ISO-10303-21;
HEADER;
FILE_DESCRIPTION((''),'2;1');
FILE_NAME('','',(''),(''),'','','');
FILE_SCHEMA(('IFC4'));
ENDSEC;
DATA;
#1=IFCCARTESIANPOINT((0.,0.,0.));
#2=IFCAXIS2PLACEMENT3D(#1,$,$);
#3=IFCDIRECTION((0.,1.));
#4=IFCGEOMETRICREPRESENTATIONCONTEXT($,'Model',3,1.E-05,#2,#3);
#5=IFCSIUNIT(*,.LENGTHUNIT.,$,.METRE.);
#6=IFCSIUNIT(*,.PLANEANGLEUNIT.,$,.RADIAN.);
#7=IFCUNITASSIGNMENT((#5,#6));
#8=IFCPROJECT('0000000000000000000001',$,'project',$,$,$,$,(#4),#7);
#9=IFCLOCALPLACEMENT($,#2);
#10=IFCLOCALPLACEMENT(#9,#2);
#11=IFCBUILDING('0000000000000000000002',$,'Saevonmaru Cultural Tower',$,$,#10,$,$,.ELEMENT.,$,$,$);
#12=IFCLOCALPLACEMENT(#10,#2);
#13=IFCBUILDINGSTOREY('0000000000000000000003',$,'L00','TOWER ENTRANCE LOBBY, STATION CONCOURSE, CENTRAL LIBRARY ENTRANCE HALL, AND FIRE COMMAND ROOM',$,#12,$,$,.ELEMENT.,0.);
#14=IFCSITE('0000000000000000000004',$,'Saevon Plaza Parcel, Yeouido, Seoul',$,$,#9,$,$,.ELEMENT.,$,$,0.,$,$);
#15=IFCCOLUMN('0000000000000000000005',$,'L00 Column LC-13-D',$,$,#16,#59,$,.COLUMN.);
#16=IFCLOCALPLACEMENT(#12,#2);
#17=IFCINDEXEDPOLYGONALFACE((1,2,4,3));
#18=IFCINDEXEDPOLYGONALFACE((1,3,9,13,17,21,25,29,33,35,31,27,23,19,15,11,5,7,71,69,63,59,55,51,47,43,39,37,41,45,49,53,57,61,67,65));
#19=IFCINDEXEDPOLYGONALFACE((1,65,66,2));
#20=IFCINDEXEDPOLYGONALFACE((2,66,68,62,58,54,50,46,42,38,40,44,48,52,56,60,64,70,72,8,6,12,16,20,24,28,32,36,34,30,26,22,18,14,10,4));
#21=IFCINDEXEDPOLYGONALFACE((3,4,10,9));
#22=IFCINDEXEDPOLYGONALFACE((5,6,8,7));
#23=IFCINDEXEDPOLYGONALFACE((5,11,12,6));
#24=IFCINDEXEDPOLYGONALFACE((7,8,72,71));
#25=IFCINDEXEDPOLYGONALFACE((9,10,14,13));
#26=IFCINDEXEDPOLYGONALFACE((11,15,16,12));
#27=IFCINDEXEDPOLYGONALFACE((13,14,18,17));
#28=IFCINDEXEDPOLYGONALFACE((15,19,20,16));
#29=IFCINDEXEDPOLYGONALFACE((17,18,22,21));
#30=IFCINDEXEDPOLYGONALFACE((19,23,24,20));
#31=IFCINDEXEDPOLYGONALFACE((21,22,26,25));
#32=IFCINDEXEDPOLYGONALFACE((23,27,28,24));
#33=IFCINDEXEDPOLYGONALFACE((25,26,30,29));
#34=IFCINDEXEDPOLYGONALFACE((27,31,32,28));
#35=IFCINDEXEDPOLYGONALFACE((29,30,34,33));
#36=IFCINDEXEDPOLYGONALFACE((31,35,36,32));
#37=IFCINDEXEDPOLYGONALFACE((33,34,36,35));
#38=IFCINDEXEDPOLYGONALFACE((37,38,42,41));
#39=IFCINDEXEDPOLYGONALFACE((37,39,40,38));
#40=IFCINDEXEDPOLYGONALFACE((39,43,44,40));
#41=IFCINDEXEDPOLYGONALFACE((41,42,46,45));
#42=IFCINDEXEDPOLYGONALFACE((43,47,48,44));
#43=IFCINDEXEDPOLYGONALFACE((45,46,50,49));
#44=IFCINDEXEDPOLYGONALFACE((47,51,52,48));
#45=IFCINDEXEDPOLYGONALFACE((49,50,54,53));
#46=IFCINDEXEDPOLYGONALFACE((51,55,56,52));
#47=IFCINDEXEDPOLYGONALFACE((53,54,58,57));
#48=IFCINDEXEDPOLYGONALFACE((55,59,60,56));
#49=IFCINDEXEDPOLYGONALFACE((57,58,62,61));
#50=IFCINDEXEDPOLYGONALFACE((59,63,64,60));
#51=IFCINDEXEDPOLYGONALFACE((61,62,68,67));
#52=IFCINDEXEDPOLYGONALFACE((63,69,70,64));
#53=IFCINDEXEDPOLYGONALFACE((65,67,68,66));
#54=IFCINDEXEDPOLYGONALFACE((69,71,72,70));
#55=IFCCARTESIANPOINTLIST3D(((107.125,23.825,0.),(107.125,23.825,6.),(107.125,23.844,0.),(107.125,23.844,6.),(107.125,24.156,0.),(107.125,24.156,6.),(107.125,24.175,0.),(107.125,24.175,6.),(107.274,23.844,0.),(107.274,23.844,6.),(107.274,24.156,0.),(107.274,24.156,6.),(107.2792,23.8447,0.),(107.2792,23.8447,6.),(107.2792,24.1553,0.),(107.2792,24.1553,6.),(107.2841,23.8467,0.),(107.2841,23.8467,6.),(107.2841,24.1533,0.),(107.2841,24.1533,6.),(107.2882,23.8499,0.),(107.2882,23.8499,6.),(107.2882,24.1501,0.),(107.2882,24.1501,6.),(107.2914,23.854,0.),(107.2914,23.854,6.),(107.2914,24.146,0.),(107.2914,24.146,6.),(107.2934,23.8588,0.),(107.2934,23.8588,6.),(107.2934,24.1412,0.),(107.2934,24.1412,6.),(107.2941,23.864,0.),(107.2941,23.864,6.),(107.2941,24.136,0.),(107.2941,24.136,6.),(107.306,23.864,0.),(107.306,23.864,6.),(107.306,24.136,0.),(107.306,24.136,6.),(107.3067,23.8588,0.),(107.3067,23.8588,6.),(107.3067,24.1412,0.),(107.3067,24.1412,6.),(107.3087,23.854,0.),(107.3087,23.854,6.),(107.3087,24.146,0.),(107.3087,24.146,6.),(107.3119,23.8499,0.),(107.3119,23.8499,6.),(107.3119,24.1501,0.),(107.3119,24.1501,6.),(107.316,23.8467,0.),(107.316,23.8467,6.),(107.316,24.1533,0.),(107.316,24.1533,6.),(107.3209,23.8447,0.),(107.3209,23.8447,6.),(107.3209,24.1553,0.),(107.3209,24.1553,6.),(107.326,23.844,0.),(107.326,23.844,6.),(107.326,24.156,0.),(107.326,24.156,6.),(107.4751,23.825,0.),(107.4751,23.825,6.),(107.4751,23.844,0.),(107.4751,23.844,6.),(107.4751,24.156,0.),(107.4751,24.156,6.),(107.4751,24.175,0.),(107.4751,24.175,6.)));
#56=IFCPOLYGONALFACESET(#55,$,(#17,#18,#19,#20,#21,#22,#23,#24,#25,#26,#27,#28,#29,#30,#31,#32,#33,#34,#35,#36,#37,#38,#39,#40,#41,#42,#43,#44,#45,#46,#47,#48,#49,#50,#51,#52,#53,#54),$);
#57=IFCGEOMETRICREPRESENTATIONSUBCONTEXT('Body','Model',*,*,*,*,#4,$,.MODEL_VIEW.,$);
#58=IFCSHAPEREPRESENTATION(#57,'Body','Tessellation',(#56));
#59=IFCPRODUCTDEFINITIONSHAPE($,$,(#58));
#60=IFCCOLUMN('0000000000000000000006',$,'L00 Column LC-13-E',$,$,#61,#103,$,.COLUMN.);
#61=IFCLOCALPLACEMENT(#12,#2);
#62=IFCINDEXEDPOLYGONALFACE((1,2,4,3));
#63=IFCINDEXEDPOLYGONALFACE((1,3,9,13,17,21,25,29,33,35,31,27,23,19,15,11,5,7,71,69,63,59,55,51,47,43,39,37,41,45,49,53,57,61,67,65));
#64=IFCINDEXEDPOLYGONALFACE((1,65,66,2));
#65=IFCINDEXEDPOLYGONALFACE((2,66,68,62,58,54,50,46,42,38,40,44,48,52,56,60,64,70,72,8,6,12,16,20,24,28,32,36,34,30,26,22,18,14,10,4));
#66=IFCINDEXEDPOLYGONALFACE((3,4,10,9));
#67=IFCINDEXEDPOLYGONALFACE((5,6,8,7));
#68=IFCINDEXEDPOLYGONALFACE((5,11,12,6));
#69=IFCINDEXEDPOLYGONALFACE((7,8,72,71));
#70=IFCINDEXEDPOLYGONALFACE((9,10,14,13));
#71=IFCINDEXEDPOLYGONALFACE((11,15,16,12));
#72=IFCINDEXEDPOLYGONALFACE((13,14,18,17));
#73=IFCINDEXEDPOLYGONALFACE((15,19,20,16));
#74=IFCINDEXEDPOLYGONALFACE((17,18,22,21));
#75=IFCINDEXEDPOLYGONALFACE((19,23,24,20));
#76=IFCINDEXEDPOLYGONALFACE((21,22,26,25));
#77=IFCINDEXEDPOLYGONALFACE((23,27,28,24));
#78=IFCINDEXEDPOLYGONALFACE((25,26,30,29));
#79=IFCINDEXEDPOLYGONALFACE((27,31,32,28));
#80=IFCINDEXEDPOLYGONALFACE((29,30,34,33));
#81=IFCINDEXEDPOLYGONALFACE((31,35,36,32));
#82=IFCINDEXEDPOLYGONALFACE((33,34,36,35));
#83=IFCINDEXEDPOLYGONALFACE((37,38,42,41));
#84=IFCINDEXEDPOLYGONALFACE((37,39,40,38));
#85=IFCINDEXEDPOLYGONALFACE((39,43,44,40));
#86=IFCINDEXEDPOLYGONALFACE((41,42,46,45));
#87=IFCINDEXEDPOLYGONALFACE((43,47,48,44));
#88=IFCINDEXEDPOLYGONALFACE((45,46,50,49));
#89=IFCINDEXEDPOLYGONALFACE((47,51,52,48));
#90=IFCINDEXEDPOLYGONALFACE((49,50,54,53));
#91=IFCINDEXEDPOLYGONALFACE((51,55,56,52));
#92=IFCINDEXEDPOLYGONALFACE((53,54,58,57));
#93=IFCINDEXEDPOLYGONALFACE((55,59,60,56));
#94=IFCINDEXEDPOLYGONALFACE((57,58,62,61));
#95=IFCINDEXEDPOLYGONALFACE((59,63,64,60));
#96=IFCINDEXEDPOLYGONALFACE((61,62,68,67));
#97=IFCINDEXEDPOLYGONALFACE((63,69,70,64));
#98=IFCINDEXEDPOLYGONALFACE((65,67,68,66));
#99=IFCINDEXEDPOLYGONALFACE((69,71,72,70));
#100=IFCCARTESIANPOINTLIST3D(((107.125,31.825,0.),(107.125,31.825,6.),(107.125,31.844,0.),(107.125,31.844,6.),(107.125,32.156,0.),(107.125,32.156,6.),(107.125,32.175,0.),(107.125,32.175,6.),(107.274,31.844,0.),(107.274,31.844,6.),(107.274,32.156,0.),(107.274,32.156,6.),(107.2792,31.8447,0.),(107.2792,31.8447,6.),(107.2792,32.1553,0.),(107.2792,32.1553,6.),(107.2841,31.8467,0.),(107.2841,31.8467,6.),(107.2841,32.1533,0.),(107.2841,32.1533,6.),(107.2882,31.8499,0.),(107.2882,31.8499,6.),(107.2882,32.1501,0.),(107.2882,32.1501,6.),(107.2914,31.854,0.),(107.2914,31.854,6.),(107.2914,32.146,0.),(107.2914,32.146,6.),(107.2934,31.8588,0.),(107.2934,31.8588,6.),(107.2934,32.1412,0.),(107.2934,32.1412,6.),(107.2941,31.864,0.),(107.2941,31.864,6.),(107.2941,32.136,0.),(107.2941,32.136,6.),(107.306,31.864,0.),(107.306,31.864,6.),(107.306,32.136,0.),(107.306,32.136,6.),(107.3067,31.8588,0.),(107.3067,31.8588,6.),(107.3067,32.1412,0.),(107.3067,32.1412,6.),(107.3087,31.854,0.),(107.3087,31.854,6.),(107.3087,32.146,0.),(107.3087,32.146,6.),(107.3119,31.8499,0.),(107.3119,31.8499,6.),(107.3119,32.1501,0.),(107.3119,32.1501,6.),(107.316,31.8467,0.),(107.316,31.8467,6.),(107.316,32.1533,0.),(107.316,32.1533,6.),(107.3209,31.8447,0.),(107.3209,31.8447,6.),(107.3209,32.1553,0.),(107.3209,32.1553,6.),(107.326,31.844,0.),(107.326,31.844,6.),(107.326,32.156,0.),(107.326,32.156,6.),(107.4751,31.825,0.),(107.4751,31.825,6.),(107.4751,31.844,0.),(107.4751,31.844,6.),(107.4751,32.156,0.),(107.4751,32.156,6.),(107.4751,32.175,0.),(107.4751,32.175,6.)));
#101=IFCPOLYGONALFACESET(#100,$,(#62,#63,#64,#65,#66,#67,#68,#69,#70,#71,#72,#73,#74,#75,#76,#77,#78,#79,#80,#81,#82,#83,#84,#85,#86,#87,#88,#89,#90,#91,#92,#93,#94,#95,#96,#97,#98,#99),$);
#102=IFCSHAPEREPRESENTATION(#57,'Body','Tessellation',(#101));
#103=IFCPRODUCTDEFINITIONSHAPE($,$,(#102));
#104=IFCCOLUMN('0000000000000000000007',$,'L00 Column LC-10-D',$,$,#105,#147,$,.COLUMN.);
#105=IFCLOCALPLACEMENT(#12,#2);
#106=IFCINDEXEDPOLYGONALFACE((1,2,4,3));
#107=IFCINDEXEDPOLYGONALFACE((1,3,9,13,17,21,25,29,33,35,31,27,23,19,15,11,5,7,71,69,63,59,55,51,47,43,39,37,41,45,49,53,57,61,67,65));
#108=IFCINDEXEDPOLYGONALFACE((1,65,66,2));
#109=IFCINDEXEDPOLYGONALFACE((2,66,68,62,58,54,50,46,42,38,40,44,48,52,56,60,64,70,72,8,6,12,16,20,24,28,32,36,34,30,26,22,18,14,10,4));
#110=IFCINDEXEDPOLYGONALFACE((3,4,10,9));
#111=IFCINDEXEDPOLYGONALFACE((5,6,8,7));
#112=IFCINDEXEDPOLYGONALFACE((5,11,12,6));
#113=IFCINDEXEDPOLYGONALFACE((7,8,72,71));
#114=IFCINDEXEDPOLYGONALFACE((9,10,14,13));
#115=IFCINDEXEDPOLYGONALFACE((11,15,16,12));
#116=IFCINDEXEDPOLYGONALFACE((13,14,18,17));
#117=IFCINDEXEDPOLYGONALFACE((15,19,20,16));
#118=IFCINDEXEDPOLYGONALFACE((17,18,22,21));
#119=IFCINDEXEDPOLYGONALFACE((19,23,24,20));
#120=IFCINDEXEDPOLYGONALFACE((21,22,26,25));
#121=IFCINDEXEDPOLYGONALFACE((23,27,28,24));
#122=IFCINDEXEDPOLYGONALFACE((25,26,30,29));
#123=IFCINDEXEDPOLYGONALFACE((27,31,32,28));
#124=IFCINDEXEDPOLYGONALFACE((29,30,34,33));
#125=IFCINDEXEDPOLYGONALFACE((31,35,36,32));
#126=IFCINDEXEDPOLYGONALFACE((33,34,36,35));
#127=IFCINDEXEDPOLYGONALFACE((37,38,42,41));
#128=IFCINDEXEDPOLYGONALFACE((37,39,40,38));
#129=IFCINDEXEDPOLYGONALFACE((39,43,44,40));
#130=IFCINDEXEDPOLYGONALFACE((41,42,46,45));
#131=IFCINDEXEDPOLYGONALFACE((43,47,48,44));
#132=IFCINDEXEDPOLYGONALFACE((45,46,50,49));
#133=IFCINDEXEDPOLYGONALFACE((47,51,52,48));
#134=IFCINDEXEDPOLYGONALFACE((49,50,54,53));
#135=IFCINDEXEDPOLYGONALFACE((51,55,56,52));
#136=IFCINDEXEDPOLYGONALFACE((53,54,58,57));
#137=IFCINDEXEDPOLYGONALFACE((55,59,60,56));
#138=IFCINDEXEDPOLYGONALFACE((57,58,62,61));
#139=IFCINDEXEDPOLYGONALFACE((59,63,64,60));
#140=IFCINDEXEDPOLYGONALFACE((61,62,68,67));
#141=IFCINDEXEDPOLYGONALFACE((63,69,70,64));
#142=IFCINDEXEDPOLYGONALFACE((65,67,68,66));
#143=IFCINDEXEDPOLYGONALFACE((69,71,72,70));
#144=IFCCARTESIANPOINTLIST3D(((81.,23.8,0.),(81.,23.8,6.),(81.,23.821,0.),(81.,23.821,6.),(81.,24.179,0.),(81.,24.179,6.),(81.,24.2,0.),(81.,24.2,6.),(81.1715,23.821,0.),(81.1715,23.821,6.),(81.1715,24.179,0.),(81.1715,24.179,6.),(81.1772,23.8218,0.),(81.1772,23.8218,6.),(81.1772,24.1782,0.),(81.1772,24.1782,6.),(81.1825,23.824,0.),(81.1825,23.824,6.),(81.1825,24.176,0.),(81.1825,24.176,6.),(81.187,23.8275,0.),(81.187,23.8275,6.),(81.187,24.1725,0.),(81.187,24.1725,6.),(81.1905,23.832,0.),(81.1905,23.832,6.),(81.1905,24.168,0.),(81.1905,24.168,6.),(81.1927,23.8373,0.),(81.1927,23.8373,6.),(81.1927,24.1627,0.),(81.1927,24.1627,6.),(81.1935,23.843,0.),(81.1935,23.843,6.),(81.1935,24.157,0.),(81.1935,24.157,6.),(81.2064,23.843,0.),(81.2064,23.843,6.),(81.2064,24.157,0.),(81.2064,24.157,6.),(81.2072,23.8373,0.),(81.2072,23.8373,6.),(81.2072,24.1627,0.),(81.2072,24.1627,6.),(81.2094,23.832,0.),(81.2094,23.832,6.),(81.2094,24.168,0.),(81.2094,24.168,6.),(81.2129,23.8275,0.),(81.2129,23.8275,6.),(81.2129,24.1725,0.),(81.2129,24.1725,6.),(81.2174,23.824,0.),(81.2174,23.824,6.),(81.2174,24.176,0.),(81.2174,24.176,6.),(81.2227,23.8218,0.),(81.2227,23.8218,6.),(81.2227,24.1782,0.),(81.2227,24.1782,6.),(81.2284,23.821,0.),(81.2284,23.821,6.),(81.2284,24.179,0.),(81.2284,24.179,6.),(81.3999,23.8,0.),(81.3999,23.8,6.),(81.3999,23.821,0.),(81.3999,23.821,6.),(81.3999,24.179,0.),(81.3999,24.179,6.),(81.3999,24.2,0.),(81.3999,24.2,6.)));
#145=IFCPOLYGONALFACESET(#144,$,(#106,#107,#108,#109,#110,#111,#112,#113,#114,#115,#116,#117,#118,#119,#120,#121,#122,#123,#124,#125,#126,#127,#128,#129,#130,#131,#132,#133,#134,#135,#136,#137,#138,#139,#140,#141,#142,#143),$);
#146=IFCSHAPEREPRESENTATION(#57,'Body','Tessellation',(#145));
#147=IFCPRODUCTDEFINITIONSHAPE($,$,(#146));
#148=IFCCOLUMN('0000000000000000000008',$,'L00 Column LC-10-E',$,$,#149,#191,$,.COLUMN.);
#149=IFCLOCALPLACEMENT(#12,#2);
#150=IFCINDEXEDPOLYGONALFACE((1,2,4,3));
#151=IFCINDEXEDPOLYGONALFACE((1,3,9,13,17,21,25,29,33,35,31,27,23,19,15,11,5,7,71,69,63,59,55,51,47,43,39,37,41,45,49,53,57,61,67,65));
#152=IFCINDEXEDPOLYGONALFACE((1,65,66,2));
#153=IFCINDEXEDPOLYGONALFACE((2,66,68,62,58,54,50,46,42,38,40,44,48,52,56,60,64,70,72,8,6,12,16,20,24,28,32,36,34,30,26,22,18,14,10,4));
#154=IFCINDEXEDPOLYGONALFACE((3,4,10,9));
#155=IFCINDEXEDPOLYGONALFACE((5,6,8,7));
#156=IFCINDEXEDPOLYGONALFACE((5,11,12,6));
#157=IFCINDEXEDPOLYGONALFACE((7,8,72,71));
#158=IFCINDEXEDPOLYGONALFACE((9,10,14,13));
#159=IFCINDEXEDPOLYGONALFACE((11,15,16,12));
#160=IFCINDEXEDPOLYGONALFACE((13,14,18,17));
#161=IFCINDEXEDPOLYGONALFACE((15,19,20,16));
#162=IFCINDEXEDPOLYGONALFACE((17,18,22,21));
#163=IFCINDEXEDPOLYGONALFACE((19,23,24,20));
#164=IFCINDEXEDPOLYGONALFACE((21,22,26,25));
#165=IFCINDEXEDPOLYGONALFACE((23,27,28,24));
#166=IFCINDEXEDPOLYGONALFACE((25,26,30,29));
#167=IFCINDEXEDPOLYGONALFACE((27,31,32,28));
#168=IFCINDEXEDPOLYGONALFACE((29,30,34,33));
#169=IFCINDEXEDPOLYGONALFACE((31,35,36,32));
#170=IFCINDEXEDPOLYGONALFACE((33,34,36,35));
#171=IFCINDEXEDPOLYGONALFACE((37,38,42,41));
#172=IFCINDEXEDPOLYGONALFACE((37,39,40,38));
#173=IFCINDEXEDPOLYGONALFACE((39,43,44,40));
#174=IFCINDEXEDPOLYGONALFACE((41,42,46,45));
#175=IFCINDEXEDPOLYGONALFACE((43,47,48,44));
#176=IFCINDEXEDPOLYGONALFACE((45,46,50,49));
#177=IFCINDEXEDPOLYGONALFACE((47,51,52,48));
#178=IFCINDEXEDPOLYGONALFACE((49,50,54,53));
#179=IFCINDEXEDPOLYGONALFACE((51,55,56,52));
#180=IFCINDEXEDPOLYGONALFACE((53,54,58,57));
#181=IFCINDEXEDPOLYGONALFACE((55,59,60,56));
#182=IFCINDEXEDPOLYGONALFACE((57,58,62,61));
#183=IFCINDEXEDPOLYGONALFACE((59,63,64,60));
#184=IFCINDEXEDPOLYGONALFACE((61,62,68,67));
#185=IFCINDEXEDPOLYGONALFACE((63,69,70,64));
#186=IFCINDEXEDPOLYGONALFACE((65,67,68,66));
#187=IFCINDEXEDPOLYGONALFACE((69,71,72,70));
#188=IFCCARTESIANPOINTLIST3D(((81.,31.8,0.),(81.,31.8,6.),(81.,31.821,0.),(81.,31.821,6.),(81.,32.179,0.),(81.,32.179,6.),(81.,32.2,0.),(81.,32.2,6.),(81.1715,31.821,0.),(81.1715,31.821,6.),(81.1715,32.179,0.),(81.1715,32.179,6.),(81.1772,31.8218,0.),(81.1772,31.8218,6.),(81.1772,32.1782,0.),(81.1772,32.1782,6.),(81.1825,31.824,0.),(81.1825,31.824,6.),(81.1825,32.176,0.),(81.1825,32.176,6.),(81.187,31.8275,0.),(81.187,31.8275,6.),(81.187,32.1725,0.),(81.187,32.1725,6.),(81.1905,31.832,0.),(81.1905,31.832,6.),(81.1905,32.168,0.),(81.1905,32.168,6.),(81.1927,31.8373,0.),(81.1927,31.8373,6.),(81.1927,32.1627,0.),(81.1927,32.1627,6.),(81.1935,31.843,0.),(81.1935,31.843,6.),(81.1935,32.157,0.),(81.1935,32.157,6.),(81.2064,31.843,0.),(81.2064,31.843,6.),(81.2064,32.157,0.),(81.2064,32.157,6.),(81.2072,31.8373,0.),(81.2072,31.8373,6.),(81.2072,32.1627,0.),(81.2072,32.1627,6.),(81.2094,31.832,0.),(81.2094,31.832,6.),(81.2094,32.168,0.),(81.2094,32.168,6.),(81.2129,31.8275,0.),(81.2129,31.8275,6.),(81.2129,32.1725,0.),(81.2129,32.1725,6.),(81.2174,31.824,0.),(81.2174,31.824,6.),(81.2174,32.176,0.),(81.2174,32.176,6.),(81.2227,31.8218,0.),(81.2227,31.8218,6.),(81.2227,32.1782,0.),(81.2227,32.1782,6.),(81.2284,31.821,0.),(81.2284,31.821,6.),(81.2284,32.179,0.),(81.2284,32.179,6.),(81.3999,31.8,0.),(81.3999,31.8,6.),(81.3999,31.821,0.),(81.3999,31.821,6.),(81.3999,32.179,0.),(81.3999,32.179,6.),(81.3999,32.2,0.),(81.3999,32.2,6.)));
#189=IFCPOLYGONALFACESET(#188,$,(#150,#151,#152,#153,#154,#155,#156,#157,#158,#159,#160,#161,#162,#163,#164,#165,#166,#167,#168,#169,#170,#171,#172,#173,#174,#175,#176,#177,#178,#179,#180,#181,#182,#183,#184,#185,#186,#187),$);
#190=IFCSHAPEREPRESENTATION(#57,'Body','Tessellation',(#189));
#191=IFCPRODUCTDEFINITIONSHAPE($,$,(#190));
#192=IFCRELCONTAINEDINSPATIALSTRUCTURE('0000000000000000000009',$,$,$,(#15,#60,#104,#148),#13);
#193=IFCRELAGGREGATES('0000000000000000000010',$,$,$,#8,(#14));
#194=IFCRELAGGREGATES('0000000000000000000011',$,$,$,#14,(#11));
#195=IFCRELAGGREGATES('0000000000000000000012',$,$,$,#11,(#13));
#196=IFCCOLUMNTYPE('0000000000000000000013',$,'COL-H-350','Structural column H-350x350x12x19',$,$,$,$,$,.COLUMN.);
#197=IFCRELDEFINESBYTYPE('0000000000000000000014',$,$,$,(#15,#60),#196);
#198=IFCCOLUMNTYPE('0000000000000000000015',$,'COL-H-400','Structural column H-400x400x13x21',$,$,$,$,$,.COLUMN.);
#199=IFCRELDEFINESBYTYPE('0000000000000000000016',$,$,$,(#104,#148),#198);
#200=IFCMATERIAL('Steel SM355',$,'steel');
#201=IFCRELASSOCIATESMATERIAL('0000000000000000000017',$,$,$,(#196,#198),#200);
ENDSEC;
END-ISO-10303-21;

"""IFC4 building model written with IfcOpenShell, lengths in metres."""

from ifc_helpers import new_model, si_unit, direction, frame, origin, origin_2d, place, context, subcontext, project, spatial, i_section, extrude, material, material_profile, profile_set, type_object, element, save


model = new_model("IFC4")

# Units and contexts
model_context = context("Model", 3, precision=1e-05, world=origin(), true_north=direction((0.0, 1.0)))
body_context = subcontext(model_context, "Body", "Model", "MODEL_VIEW")
ifc_project = project(units=[si_unit("LENGTHUNIT", "METRE"), si_unit("PLANEANGLEUNIT", "RADIAN")], contexts=[model_context])

# Site, building, storey
site_placement = place(None, origin())
site = spatial("IfcSite", under=ifc_project, at=site_placement, Name="Saevon Plaza Parcel, Yeouido, Seoul", CompositionType="ELEMENT", RefElevation=0.0)
building_placement = place(site_placement, origin())
building = spatial("IfcBuilding", under=site, at=building_placement, Name="Saevonmaru Cultural Tower", CompositionType="ELEMENT")
storey_placement = place(building_placement, origin())
storey = spatial("IfcBuildingStorey", under=building, at=storey_placement, Name="L00", Description="TOWER ENTRANCE LOBBY, STATION CONCOURSE, CENTRAL LIBRARY ENTRANCE HALL, AND FIRE COMMAND ROOM", CompositionType="ELEMENT", Elevation=0.0)

# Columns
ifc_material_1 = material(Name="Steel SM355", Category="steel")
ifc_material_profile_1 = material_profile(ifc_material_1, i_section(OverallWidth=0.3501, OverallDepth=0.3501, WebThickness=0.012, FlangeThickness=0.019, FilletRadius=0.02, at=origin_2d()), Name="H-350x350x12x19")
ifc_profile_set_1 = profile_set([ifc_material_profile_1], Name="Steel SM355")
column_type_1 = type_object("IfcColumnType", Name="COL-H-350", Description="Structural column H-350x350x12x19", PredefinedType="COLUMN", material=ifc_profile_set_1)
for number, where, z_axis, x_axis, name in (
    (1, (107.3, 24.0, 0.0), (0.0, 0.0, 1.0), (1.0, 0.0, 0.0), "L00 Column LC-13-D"),
    (2, (107.3, 32.0, 0.0), (0.0, 0.0, 1.0), (1.0, 0.0, 0.0), "L00 Column LC-13-E"),
):
    element("IfcColumn", number, at=place(storey_placement, frame(where, z_axis=z_axis, x_axis=x_axis)), inside=storey, type_object=column_type_1, Name=name, PredefinedType="COLUMN", context=body_context, shape_type="SweptSolid", body=[
        extrude(i_section(OverallWidth=0.3501, OverallDepth=0.3501, WebThickness=0.012, FlangeThickness=0.019, FilletRadius=0.02, at=origin_2d()), origin(), (0.0, 0.0, 1.0), 6.0),
    ])
ifc_material_profile_2 = material_profile(ifc_material_1, i_section(OverallWidth=0.3999, OverallDepth=0.3999, WebThickness=0.0129, FlangeThickness=0.021, FilletRadius=0.022, at=origin_2d()), Name="H-400x400x13x21")
ifc_profile_set_2 = profile_set([ifc_material_profile_2], Name="Steel SM355")
column_type_2 = type_object("IfcColumnType", Name="COL-H-400", Description="Structural column H-400x400x13x21", PredefinedType="COLUMN", material=ifc_profile_set_2)
for number, where, z_axis, x_axis, name in (
    (3, (81.2, 24.0, 0.0), (0.0, 0.0, 1.0), (1.0, 0.0, 0.0), "L00 Column LC-10-D"),
    (4, (81.2, 32.0, 0.0), (0.0, 0.0, 1.0), (1.0, 0.0, 0.0), "L00 Column LC-10-E"),
):
    element("IfcColumn", number, at=place(storey_placement, frame(where, z_axis=z_axis, x_axis=x_axis)), inside=storey, type_object=column_type_2, Name=name, PredefinedType="COLUMN", context=body_context, shape_type="SweptSolid", body=[
        extrude(i_section(OverallWidth=0.3999, OverallDepth=0.3999, WebThickness=0.0129, FlangeThickness=0.021, FilletRadius=0.022, at=origin_2d()), origin(), (0.0, 0.0, 1.0), 6.0),
    ])

save(model, "model.ifc")
